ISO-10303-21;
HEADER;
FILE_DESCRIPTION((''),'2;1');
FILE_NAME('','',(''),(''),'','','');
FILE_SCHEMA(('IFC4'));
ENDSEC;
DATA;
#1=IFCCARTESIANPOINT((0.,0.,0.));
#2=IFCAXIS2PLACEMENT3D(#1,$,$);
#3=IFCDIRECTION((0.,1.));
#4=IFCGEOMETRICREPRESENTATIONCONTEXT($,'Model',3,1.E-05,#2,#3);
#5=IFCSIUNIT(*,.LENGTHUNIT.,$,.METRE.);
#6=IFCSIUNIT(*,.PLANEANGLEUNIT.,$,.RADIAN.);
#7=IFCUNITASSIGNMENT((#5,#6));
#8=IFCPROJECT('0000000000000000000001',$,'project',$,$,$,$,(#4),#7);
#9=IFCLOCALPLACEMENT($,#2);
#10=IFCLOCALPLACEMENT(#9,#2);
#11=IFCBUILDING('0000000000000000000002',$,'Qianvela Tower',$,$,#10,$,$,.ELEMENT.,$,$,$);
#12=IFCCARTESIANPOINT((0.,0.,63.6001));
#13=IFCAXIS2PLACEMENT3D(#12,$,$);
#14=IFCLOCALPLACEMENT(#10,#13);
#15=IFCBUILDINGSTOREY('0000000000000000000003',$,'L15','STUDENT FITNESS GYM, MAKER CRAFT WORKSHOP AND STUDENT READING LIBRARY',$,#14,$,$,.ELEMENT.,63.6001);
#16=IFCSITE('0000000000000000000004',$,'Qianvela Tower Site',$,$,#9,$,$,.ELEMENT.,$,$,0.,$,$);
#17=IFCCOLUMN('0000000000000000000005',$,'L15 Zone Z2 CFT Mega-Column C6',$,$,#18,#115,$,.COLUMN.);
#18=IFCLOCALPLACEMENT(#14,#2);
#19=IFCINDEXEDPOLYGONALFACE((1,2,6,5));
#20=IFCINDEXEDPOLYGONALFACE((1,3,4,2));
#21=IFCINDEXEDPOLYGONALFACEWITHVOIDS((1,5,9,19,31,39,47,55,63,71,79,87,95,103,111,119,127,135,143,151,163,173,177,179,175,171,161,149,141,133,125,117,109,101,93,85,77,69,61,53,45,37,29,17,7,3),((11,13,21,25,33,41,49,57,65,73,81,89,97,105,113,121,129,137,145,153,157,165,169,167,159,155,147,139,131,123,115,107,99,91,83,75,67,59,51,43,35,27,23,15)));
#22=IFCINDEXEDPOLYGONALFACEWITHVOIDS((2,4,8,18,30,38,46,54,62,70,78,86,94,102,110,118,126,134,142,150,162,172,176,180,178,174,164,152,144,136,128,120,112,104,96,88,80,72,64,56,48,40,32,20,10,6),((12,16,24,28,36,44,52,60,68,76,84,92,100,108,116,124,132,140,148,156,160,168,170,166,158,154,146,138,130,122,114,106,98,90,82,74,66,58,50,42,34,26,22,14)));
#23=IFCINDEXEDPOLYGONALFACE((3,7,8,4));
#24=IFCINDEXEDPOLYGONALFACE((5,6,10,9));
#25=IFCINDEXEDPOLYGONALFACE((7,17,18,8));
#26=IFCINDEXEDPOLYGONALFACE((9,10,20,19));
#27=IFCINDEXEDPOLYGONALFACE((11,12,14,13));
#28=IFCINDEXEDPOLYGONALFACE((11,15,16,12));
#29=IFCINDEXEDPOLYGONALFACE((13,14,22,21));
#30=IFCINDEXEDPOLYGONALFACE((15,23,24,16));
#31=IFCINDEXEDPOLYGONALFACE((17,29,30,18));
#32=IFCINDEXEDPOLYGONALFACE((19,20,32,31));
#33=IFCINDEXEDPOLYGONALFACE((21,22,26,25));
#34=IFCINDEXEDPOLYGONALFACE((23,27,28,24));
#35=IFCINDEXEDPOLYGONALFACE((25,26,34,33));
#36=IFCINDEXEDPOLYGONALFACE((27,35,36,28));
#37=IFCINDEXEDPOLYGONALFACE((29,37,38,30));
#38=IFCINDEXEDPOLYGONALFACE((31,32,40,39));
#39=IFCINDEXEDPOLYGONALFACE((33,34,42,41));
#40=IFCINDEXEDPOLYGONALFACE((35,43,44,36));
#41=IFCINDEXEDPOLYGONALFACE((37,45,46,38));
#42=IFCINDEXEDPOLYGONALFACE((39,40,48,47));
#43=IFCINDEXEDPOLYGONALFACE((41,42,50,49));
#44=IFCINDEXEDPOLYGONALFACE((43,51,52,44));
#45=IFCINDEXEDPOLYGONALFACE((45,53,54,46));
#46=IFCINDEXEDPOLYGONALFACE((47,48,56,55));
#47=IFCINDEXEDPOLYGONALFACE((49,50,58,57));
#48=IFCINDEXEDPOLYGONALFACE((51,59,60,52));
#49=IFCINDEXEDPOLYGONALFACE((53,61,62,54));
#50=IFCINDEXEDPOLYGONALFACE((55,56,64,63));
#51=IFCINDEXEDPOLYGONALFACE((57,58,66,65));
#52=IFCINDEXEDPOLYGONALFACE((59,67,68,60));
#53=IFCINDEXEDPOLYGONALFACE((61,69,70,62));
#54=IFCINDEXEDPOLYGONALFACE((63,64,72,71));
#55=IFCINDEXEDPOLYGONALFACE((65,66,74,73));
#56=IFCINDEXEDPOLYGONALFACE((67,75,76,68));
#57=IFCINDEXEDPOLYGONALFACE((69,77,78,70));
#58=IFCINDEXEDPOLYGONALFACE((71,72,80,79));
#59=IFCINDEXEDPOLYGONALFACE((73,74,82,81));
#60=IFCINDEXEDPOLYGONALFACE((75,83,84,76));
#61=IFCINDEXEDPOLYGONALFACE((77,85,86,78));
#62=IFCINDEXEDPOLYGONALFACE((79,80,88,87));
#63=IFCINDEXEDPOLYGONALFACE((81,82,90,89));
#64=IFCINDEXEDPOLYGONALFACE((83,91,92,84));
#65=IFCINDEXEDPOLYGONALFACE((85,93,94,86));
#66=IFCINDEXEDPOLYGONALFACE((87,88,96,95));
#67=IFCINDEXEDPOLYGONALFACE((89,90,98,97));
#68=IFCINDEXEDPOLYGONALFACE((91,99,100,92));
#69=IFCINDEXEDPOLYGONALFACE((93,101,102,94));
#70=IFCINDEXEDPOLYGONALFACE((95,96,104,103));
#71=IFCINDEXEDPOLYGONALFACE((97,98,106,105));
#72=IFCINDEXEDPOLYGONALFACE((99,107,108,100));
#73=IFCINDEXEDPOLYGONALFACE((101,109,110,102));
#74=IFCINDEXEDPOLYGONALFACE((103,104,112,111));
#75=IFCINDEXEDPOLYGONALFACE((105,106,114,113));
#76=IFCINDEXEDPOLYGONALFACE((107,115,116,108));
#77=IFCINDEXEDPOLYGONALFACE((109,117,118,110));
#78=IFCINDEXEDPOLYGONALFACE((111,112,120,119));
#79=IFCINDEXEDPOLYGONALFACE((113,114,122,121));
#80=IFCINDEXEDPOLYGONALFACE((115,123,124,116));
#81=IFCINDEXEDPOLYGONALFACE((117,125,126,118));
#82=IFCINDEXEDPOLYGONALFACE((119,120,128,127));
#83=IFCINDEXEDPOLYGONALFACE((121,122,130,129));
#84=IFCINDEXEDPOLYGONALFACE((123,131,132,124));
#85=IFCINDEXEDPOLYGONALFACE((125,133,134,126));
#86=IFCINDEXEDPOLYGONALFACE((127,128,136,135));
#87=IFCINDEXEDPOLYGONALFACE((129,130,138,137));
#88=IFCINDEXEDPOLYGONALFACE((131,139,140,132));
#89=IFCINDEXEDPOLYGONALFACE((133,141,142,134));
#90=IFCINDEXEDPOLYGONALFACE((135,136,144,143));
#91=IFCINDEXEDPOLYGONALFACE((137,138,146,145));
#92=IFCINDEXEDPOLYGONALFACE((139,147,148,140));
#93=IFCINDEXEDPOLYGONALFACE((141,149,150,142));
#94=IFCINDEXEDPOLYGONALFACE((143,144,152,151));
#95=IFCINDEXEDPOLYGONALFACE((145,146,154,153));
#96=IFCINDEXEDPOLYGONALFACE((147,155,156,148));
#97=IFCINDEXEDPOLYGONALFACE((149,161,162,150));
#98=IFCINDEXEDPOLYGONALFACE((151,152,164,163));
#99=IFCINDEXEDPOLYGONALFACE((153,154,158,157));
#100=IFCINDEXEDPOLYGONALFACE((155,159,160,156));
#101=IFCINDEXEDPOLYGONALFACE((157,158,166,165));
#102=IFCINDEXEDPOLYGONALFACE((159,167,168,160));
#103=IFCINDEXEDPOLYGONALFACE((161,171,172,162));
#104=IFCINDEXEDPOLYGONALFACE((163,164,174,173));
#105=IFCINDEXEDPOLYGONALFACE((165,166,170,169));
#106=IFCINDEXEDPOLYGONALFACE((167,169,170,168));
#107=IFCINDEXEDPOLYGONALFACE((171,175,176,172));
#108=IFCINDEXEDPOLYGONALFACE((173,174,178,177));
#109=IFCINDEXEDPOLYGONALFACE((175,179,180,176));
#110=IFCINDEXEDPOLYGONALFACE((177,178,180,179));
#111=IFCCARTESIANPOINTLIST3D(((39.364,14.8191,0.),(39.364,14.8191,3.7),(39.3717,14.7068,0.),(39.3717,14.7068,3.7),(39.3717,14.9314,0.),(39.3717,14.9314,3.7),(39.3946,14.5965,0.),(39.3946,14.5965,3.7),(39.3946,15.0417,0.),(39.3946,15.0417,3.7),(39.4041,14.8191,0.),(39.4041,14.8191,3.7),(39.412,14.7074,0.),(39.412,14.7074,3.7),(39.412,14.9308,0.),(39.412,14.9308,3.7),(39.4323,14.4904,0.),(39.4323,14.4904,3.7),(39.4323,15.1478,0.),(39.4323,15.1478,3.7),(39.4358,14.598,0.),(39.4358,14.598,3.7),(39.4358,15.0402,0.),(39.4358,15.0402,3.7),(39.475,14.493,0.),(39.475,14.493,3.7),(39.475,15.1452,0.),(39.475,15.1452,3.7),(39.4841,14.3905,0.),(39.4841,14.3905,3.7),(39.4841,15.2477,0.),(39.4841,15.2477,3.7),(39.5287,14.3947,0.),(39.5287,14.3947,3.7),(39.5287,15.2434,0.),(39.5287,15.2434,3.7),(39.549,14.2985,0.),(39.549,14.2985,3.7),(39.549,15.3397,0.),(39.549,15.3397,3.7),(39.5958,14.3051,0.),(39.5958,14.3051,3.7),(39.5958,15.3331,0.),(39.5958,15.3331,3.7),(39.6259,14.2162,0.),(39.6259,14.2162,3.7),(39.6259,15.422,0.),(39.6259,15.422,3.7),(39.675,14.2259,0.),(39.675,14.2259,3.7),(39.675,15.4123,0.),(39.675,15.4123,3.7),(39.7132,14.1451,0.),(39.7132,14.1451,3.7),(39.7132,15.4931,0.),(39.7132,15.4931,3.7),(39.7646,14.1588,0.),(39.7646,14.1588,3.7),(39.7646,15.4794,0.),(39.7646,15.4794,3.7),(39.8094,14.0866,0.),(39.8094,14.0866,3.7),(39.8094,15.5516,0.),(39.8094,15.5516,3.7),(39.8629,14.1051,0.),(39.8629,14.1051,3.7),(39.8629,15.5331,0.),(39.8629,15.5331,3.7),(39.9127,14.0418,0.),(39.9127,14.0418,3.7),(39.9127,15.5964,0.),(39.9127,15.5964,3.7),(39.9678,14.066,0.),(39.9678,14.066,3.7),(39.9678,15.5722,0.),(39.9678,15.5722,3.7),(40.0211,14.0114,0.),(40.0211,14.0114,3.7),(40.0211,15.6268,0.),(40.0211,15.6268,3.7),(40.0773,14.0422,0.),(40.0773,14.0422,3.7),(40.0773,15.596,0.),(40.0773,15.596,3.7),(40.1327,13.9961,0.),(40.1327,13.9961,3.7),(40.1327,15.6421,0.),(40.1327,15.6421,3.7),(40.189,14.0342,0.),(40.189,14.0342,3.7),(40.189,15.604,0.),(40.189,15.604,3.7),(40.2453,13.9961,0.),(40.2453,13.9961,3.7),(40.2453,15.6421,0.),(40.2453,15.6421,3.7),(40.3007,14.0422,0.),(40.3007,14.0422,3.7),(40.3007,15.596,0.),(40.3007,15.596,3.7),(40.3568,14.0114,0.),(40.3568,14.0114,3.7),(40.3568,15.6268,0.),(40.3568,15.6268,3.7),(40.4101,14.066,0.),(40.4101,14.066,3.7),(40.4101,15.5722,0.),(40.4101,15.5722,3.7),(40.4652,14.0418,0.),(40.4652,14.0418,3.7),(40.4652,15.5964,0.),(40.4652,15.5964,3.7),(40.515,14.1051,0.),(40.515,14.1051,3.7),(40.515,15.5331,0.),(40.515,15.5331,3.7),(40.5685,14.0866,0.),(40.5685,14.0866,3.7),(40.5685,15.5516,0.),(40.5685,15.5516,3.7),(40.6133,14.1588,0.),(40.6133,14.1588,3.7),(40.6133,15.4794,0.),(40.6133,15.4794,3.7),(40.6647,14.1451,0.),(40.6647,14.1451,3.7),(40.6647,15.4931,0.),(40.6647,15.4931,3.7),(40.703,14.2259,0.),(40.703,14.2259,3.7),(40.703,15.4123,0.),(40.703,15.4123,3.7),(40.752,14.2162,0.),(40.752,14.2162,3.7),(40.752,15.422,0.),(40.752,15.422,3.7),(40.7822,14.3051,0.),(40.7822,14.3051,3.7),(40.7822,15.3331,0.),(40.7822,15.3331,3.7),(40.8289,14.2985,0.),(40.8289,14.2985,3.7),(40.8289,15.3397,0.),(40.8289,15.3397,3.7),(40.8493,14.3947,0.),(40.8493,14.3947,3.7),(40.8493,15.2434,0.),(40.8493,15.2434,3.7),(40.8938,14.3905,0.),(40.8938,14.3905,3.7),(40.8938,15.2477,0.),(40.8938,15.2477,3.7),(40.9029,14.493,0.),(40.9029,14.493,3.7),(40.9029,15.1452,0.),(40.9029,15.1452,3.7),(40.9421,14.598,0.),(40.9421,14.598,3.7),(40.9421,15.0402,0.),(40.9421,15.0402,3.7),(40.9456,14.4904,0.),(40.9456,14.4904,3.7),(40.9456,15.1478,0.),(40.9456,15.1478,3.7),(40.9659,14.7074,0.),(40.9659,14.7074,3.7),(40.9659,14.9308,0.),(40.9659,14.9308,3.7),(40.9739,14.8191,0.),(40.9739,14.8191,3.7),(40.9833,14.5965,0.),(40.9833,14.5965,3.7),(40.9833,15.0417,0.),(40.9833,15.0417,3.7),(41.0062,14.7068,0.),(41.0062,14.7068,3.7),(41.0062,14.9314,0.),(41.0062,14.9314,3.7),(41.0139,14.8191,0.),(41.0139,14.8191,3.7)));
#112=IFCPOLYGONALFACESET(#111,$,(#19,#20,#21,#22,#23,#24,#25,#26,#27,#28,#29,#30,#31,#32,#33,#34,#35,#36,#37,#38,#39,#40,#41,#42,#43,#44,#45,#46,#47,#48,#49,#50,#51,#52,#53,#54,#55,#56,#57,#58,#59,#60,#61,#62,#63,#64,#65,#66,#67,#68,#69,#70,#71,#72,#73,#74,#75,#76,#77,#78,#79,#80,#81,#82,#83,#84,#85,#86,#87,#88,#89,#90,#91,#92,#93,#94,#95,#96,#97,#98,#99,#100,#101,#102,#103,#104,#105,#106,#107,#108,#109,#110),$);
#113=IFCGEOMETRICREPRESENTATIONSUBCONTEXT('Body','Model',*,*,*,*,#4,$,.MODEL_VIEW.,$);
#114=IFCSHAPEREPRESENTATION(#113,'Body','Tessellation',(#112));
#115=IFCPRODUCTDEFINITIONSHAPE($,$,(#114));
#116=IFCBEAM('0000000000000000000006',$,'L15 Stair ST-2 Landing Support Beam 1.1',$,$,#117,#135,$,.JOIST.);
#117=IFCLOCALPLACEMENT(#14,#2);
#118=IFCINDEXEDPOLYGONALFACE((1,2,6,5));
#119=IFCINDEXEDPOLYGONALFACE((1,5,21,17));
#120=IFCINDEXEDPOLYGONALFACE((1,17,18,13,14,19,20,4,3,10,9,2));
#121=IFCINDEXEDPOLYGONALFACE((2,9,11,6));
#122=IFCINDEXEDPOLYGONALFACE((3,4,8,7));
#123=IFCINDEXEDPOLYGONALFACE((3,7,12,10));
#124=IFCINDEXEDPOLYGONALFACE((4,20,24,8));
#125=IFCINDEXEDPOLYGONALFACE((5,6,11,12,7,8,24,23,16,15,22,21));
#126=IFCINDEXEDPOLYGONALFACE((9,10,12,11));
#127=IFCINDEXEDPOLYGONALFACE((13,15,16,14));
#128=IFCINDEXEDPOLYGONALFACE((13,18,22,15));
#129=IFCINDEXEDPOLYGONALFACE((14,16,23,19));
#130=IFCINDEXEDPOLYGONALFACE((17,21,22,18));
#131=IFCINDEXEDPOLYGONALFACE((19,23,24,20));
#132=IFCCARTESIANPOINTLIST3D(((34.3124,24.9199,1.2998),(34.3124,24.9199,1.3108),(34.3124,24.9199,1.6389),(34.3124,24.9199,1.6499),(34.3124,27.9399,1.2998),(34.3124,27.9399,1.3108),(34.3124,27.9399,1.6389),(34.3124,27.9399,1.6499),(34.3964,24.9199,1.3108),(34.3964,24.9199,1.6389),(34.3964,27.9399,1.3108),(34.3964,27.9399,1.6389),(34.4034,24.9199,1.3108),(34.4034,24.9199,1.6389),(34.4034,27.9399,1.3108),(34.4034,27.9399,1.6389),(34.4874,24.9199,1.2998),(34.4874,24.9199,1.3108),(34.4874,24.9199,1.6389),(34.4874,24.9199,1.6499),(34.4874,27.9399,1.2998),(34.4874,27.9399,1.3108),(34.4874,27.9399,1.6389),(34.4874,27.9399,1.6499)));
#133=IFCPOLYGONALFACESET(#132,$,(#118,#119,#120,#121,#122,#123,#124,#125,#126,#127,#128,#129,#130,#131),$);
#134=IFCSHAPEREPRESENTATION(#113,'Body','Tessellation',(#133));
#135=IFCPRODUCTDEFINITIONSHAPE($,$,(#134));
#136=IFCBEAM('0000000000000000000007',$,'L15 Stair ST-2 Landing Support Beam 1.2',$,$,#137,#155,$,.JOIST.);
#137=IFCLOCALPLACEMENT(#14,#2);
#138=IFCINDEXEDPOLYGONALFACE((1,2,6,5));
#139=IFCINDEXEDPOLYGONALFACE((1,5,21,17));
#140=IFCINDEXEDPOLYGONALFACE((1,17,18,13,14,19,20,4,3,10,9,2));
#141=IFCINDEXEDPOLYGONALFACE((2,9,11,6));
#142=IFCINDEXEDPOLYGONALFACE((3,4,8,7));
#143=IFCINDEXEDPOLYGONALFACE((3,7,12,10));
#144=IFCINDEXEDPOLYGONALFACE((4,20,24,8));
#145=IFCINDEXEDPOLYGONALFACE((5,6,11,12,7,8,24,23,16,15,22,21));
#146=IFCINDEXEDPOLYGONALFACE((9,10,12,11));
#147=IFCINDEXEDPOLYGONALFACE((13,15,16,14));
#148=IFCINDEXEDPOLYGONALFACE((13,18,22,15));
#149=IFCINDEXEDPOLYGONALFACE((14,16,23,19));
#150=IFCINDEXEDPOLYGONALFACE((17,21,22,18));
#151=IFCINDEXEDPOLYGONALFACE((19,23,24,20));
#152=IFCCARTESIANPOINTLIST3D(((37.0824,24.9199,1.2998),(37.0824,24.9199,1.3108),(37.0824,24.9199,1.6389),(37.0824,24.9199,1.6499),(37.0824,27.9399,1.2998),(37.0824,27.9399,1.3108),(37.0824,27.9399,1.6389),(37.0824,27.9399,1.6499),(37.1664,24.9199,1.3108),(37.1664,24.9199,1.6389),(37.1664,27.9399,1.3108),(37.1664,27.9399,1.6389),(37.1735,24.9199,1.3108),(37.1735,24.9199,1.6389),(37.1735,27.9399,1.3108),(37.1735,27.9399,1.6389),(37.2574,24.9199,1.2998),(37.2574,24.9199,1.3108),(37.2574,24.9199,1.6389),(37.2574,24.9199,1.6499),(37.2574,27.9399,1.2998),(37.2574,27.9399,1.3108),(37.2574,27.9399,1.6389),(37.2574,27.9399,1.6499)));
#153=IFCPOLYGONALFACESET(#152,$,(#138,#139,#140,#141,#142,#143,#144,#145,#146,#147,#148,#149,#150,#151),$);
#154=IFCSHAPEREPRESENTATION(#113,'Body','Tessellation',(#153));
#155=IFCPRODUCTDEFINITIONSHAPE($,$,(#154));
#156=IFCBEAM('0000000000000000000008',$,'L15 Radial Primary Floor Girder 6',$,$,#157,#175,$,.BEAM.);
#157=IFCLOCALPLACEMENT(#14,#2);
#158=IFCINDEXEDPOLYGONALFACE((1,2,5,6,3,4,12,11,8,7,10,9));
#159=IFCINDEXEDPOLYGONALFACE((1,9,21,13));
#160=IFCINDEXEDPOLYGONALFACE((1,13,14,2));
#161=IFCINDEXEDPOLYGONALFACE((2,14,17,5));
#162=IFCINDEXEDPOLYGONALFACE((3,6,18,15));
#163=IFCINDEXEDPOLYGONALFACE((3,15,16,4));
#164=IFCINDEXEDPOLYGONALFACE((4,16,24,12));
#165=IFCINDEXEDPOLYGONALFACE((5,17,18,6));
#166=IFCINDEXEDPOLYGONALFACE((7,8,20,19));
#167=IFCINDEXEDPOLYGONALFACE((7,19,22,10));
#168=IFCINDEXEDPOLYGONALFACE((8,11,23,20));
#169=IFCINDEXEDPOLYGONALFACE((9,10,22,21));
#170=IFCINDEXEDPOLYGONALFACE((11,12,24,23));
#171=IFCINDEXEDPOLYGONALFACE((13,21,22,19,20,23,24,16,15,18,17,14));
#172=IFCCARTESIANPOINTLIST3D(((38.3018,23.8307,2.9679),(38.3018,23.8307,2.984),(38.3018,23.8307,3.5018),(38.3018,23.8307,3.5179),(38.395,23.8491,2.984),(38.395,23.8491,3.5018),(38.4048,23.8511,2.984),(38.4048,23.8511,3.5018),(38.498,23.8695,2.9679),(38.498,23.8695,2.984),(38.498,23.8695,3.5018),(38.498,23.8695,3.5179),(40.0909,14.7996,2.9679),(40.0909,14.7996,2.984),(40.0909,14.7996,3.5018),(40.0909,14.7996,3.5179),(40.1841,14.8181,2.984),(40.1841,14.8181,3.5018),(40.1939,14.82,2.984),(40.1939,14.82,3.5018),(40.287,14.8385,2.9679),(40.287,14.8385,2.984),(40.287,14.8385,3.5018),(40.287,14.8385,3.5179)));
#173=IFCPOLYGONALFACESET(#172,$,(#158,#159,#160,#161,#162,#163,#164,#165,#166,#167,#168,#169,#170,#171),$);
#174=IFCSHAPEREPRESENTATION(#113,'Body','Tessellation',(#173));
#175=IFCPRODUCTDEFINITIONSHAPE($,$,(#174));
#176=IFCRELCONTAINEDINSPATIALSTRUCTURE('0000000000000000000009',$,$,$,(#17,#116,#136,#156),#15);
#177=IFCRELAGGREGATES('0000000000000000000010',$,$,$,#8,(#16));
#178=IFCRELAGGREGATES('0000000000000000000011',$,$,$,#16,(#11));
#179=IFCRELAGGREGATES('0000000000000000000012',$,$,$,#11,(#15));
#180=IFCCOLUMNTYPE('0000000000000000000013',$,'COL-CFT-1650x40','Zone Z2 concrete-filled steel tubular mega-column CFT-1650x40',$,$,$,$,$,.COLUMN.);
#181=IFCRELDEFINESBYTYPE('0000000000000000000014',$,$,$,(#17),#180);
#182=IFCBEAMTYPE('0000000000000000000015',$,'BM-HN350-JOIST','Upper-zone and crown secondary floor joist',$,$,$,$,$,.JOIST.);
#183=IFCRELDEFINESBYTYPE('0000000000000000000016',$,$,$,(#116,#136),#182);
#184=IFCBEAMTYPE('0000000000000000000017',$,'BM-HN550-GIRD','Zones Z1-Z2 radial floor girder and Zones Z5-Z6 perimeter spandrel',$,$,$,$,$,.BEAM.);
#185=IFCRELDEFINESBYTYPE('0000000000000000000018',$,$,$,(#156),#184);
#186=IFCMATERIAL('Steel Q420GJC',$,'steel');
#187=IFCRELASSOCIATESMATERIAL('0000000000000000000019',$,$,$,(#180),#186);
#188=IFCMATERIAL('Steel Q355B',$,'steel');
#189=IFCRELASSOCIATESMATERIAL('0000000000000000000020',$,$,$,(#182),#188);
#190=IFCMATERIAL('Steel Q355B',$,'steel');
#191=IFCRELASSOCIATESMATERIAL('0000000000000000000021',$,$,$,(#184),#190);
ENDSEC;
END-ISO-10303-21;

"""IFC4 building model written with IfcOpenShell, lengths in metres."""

from ifc_helpers import new_model, si_unit, direction, frame, origin, origin_2d, place, context, subcontext, project, spatial, hollow_circle, i_section, extrude, material, material_profile, profile_set, type_object, element, save


model = new_model("IFC4")

# Units and contexts
model_context = context("Model", 3, precision=1e-05, world=origin(), true_north=direction((0.0, 1.0)))
body_context = subcontext(model_context, "Body", "Model", "MODEL_VIEW")
ifc_project = project(units=[si_unit("LENGTHUNIT", "METRE"), si_unit("PLANEANGLEUNIT", "RADIAN")], contexts=[model_context])

# Site, building, storey
site_placement = place(None, origin())
site = spatial("IfcSite", under=ifc_project, at=site_placement, Name="Qianvela Tower Site", CompositionType="ELEMENT", RefElevation=0.0)
building_placement = place(site_placement, origin())
building = spatial("IfcBuilding", under=site, at=building_placement, Name="Qianvela Tower", CompositionType="ELEMENT")
storey_placement = place(building_placement, frame((0.0, 0.0, 63.6001)))
storey = spatial("IfcBuildingStorey", under=building, at=storey_placement, Name="L15", Description="STUDENT FITNESS GYM, MAKER CRAFT WORKSHOP AND STUDENT READING LIBRARY", CompositionType="ELEMENT", Elevation=63.6001)

# Column
ifc_material_1 = material(Name="Steel Q420GJC", Category="steel")
ifc_material_profile_1 = material_profile(ifc_material_1, hollow_circle(Radius=0.825, WallThickness=0.04, at=origin_2d()), Name="CFT-1650x40")
ifc_profile_set_1 = profile_set([ifc_material_profile_1], Name="Steel Q420GJC")
column_type = type_object("IfcColumnType", Name="COL-CFT-1650x40", Description="Zone Z2 concrete-filled steel tubular mega-column CFT-1650x40", PredefinedType="COLUMN", material=ifc_profile_set_1)
for number, where, z_axis, x_axis, name in (
    (1, (40.189, 14.8191, 0.0), (0.0, 0.0, 1.0), (1.0, 0.0, 0.0), "L15 Zone Z2 CFT Mega-Column C6"),
):
    element("IfcColumn", number, at=place(storey_placement, frame(where, z_axis=z_axis, x_axis=x_axis)), inside=storey, type_object=column_type, Name=name, PredefinedType="COLUMN", context=body_context, shape_type="SweptSolid", body=[
        extrude(hollow_circle(Radius=0.825, WallThickness=0.04, at=origin_2d()), origin(), (0.0, 0.0, 1.0), 3.7),
    ])

# Beams
ifc_material_2 = material(Name="Steel Q355B", Category="steel")
ifc_material_profile_2 = material_profile(ifc_material_2, i_section(OverallWidth=0.175, OverallDepth=0.3501, WebThickness=0.0071, FlangeThickness=0.011, at=origin_2d()), Name="HN350x175x7x11")
ifc_profile_set_2 = profile_set([ifc_material_profile_2], Name="Steel Q355B")
beam_type_1 = type_object("IfcBeamType", Name="BM-HN350-JOIST", Description="Upper-zone and crown secondary floor joist", PredefinedType="JOIST", material=ifc_profile_set_2)
for number, where, z_axis, x_axis, name in (
    (2, (34.3999, 24.9199, 1.4749), (0.0, 1.0, 0.0), (-1.0, 0.0, 0.0), "L15 Stair ST-2 Landing Support Beam 1.1"),
    (3, (37.1699, 24.9199, 1.4749), (0.0, 1.0, 0.0), (-1.0, 0.0, 0.0), "L15 Stair ST-2 Landing Support Beam 1.2"),
):
    element("IfcBeam", number, at=place(storey_placement, frame(where, z_axis=z_axis, x_axis=x_axis)), inside=storey, type_object=beam_type_1, Name=name, PredefinedType="JOIST", context=body_context, shape_type="SweptSolid", body=[
        extrude(i_section(OverallWidth=0.175, OverallDepth=0.3501, WebThickness=0.0071, FlangeThickness=0.011, at=origin_2d()), origin(), (0.0, 0.0, 1.0), 3.02),
    ])
ifc_material_3 = material(Name="Steel Q355B", Category="steel")
ifc_material_profile_3 = material_profile(ifc_material_3, i_section(OverallWidth=0.2, OverallDepth=0.55, WebThickness=0.01, FlangeThickness=0.0161, at=origin_2d()), Name="HN550x200x10x16")
ifc_profile_set_3 = profile_set([ifc_material_profile_3], Name="Steel Q355B")
beam_type_2 = type_object("IfcBeamType", Name="BM-HN550-GIRD", Description="Zones Z1-Z2 radial floor girder and Zones Z5-Z6 perimeter spandrel", PredefinedType="BEAM", material=ifc_profile_set_3)
beam_1_placement = place(storey_placement, frame((38.3999, 23.8501, 3.2429), z_axis=(0.194326, -0.980937, 0.0), x_axis=(0.980937, 0.194326, 0.0)))
element("IfcBeam", 4, at=beam_1_placement, inside=storey, type_object=beam_type_2, Name="L15 Radial Primary Floor Girder 6", PredefinedType="BEAM", context=body_context, shape_type="SweptSolid", body=[
    extrude(i_section(OverallWidth=0.2, OverallDepth=0.55, WebThickness=0.01, FlangeThickness=0.0161, at=origin_2d()), origin(), (0.0, 0.0, 1.0), 9.2065),
])

save(model, "model.ifc")
